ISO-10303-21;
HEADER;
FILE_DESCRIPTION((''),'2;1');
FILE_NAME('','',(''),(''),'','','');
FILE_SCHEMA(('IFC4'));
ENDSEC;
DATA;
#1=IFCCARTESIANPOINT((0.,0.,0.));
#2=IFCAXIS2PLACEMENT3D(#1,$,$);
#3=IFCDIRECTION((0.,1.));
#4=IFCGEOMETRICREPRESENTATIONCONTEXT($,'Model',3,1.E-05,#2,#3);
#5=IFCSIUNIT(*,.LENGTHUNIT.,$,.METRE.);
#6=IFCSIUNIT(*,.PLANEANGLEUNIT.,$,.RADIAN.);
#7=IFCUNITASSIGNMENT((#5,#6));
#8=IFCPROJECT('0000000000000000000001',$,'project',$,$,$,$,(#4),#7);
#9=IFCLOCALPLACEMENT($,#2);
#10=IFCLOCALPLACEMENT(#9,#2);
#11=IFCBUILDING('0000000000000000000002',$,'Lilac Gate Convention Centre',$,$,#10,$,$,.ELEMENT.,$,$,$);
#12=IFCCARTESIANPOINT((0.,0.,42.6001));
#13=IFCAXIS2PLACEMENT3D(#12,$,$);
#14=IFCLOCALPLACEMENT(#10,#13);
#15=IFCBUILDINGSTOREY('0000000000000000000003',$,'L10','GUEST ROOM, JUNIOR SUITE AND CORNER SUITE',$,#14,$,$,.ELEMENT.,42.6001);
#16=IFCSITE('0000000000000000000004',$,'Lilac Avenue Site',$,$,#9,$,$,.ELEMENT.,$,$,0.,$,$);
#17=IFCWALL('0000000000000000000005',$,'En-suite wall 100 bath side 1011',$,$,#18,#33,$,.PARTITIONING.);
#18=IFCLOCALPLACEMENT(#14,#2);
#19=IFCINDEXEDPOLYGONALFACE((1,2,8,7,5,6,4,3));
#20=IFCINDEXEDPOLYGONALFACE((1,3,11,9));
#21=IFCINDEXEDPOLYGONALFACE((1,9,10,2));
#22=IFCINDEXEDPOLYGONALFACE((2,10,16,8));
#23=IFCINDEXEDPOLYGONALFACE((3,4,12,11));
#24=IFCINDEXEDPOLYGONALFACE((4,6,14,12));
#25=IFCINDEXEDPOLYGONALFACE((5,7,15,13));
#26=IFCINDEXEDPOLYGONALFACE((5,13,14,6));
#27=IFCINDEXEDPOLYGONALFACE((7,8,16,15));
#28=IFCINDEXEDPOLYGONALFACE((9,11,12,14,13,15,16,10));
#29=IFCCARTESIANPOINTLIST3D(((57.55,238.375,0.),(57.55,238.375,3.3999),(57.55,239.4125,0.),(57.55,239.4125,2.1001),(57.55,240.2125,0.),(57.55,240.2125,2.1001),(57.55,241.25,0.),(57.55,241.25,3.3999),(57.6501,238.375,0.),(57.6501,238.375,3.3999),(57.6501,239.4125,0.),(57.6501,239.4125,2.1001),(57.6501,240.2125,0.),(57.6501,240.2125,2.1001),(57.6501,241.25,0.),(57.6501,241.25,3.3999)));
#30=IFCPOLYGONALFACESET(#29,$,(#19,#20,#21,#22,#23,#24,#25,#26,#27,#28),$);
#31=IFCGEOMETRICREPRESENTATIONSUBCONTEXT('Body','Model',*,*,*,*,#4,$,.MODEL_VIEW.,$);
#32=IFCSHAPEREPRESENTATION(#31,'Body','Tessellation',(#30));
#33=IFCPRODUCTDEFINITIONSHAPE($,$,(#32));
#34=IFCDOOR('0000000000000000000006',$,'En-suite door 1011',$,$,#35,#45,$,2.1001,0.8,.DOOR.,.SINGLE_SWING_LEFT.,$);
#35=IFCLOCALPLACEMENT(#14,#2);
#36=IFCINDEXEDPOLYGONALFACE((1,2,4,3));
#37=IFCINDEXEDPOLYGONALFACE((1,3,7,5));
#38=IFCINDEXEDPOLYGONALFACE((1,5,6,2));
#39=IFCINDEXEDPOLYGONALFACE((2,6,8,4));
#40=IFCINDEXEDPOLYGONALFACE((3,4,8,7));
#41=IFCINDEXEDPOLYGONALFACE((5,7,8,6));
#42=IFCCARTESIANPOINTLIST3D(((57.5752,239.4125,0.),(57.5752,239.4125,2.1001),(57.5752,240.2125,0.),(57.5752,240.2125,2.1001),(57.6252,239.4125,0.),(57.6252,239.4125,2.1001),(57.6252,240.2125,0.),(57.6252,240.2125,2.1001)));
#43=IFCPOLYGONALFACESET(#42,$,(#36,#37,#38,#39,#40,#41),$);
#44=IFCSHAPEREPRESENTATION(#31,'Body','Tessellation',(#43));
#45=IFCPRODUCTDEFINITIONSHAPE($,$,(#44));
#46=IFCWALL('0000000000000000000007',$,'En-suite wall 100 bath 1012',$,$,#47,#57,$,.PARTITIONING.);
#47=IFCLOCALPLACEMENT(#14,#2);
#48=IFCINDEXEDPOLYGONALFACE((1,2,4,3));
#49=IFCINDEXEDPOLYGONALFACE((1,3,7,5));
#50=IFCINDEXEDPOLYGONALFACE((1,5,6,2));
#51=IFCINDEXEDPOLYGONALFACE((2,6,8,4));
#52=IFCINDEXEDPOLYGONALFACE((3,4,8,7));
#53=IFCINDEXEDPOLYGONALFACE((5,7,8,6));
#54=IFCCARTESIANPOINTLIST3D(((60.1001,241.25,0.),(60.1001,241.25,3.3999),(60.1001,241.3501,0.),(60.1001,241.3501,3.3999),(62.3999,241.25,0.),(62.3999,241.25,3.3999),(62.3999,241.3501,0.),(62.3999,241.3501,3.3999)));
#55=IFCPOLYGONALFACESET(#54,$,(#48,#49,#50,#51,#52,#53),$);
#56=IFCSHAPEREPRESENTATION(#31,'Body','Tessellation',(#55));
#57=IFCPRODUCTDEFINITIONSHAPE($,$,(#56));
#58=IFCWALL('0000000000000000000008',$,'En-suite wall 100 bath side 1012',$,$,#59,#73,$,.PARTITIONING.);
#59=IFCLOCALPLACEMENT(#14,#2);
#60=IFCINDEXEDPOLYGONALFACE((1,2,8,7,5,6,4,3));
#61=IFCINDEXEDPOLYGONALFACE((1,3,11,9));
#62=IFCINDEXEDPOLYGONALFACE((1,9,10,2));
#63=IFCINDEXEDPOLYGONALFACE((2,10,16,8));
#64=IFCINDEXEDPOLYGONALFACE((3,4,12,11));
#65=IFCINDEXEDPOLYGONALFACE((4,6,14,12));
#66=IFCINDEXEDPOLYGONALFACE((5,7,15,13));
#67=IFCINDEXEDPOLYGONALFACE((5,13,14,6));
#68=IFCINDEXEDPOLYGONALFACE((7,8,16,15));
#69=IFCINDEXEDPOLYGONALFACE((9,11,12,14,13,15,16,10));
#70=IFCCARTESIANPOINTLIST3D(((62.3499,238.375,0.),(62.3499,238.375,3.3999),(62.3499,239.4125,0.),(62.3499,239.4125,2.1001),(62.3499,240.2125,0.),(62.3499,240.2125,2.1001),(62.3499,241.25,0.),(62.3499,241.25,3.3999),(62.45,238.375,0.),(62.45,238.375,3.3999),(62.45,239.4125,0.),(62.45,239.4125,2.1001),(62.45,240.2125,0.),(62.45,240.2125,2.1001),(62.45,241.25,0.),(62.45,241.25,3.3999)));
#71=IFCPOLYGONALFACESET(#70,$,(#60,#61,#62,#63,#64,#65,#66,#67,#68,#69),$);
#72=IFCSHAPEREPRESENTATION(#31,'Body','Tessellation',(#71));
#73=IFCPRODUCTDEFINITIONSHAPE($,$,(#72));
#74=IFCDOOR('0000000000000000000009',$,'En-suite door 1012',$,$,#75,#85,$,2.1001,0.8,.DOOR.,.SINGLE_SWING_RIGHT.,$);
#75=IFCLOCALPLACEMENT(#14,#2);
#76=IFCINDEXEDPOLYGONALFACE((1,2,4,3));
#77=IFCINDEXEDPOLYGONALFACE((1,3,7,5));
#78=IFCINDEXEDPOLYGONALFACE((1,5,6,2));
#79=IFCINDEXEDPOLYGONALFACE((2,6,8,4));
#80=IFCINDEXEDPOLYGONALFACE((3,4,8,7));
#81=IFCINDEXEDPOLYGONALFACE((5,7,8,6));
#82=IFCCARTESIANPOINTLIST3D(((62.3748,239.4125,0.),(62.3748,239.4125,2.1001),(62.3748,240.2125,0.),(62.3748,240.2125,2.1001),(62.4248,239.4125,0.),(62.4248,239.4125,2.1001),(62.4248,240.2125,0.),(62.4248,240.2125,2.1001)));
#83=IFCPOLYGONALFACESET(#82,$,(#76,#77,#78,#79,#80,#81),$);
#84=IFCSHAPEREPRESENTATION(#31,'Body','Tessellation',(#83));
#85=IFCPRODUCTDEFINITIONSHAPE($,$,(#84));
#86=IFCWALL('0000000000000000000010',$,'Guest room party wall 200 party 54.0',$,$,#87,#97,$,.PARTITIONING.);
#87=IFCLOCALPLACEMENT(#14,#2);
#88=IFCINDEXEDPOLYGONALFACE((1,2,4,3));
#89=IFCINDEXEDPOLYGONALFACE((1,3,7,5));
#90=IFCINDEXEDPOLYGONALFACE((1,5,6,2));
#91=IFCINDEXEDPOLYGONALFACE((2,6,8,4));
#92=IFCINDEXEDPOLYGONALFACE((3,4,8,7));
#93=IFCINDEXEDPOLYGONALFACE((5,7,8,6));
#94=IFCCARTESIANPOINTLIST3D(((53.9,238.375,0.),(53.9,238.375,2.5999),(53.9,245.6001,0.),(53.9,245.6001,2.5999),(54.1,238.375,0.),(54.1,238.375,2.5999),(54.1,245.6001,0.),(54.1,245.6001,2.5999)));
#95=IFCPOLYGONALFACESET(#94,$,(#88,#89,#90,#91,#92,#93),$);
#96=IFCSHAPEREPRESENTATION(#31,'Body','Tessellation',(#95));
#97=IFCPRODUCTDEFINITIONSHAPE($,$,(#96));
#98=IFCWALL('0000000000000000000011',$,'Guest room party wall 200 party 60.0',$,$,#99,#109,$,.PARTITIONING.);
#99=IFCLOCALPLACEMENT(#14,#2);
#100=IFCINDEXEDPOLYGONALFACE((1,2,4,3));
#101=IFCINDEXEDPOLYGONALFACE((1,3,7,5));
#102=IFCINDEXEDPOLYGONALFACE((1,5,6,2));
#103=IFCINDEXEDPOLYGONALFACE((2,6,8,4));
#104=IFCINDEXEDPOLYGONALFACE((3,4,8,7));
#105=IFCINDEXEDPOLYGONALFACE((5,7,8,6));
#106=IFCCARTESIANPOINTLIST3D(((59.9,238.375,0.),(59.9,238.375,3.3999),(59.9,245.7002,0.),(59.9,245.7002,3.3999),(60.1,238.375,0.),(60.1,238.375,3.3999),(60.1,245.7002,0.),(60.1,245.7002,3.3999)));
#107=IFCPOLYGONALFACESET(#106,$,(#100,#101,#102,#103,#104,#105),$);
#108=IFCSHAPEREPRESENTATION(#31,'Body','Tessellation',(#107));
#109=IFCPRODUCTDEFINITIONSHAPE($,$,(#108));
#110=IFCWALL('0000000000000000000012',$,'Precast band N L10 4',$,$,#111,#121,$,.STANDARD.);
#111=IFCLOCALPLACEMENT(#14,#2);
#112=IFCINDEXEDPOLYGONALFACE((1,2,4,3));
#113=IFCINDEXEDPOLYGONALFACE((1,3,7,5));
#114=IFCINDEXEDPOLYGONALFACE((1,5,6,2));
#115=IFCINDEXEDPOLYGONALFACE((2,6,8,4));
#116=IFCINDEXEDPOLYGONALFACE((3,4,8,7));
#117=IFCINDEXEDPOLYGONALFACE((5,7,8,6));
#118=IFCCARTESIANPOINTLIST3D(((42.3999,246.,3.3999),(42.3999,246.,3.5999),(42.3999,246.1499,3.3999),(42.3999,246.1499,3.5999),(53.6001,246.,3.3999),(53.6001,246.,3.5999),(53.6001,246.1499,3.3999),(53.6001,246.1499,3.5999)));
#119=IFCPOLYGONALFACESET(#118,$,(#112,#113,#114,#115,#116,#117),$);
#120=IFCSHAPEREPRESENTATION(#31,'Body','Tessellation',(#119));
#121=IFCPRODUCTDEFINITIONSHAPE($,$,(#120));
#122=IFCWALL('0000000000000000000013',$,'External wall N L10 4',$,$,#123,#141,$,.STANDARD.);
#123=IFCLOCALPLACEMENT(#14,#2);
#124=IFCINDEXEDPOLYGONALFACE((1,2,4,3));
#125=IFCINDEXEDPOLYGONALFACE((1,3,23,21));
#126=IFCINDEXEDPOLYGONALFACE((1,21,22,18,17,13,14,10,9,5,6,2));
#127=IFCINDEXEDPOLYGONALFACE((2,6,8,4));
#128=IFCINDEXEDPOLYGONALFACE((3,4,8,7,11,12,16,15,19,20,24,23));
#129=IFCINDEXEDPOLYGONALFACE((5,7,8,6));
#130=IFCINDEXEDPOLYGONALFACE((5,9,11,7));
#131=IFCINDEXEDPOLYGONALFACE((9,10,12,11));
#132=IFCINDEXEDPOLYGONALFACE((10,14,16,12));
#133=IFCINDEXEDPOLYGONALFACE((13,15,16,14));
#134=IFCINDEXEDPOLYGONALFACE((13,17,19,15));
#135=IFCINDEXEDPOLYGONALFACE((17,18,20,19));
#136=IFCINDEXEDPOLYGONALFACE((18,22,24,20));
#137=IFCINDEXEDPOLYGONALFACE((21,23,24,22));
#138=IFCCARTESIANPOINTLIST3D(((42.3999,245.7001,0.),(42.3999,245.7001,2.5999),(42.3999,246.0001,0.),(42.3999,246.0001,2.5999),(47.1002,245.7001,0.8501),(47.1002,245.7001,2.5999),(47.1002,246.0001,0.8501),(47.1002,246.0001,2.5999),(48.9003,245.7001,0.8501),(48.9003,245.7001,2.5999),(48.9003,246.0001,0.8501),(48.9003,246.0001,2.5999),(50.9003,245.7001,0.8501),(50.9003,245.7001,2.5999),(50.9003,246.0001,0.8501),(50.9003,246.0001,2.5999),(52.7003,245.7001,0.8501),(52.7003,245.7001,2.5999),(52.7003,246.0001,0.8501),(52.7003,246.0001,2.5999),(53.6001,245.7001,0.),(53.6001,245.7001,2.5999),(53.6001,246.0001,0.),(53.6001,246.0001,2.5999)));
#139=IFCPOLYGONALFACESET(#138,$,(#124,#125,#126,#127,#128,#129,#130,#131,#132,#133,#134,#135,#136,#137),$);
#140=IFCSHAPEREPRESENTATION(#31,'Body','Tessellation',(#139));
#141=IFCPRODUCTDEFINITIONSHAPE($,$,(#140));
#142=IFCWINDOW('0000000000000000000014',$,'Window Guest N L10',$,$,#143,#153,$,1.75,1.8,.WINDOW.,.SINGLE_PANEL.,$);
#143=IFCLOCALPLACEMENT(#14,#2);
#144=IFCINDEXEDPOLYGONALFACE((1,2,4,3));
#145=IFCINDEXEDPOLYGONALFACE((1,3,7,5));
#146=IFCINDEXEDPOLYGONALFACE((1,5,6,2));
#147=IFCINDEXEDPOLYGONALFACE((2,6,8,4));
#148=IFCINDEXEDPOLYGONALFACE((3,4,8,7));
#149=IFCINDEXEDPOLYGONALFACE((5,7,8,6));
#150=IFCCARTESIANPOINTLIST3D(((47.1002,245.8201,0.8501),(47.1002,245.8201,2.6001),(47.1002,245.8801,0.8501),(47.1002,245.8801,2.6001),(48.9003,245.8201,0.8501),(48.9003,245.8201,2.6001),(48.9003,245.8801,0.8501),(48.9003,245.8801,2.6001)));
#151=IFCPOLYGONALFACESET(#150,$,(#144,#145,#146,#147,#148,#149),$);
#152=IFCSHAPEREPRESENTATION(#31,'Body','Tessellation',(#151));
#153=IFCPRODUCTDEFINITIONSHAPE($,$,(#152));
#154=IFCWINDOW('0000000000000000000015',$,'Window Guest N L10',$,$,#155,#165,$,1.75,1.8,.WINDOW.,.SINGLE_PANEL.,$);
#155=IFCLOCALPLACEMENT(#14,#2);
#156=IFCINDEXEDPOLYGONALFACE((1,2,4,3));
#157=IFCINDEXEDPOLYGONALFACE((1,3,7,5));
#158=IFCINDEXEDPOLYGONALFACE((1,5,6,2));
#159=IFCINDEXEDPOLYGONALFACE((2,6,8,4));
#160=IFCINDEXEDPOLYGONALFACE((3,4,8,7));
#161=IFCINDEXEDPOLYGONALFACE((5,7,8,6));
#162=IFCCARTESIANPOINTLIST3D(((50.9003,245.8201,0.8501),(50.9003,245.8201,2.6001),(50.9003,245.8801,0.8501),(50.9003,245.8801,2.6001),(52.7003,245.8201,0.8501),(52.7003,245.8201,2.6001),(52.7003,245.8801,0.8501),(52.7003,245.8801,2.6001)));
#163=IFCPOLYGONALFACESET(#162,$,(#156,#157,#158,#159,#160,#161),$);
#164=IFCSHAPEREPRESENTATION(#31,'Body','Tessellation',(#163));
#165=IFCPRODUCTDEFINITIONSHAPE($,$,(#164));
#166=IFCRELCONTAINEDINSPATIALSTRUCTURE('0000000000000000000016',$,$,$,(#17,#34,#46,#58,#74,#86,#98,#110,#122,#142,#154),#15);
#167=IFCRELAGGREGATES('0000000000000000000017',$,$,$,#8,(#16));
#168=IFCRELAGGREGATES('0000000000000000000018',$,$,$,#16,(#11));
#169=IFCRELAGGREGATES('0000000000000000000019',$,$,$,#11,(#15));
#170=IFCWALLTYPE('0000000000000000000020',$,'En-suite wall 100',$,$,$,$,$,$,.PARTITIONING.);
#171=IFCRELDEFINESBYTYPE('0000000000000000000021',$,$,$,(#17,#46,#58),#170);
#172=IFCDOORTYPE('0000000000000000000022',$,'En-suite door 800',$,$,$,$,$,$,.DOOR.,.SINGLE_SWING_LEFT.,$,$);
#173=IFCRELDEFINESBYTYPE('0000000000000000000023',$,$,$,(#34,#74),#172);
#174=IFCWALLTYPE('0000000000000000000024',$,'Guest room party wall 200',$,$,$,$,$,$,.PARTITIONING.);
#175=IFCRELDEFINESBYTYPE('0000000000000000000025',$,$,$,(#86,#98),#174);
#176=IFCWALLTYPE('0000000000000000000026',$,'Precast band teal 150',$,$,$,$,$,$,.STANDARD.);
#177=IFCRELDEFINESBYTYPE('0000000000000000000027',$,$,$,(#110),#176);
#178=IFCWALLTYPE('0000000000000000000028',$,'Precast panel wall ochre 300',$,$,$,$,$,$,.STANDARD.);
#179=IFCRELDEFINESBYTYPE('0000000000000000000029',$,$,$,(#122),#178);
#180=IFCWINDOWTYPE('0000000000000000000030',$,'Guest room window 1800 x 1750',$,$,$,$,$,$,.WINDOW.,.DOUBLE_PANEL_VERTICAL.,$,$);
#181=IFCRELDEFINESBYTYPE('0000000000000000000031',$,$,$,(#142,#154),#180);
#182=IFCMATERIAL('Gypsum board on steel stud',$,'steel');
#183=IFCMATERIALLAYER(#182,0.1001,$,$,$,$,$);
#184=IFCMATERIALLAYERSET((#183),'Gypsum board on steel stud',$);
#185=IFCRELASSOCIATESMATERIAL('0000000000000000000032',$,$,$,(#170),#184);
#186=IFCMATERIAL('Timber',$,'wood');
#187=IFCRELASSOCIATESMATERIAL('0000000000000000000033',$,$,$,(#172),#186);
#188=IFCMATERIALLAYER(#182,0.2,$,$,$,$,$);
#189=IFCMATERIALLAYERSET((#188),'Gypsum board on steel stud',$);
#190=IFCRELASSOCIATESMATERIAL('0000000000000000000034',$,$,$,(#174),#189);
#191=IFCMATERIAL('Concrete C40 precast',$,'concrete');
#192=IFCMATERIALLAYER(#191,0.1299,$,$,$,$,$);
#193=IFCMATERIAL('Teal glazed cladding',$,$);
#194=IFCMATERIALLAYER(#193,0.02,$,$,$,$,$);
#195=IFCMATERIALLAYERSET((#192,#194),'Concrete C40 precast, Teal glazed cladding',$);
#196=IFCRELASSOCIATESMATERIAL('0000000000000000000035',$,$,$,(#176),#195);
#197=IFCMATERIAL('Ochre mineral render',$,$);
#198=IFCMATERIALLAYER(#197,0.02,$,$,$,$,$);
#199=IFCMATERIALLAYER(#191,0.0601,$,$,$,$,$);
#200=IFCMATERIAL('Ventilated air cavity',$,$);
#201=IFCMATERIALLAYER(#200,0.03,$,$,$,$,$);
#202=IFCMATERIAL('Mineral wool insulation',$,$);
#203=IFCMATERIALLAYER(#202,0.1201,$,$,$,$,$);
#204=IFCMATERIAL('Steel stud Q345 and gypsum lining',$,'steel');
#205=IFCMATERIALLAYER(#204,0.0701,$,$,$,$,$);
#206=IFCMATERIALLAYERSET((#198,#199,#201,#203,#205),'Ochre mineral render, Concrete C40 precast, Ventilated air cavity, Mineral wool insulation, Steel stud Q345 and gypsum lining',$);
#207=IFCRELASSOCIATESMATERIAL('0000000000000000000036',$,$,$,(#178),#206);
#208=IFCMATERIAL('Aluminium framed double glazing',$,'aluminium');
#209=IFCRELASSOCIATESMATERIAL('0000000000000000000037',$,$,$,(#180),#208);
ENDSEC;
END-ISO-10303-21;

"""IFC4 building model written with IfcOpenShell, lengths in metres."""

from ifc_helpers import new_model, si_unit, direction, frame, frame_2d, origin, place, context, subcontext, project, spatial, rectangle, extrude, material, layer, layer_set, type_object, element, fill, save


model = new_model("IFC4")

# Units and contexts
model_context = context("Model", 3, precision=1e-05, world=origin(), true_north=direction((0.0, 1.0)))
body_context = subcontext(model_context, "Body", "Model", "MODEL_VIEW")
ifc_project = project(units=[si_unit("LENGTHUNIT", "METRE"), si_unit("PLANEANGLEUNIT", "RADIAN")], contexts=[model_context])

# Site, building, storey
site_placement = place(None, origin())
site = spatial("IfcSite", under=ifc_project, at=site_placement, Name="Lilac Avenue Site", CompositionType="ELEMENT", RefElevation=0.0)
building_placement = place(site_placement, origin())
building = spatial("IfcBuilding", under=site, at=building_placement, Name="Lilac Gate Convention Centre", CompositionType="ELEMENT")
storey_placement = place(building_placement, frame((0.0, 0.0, 42.6001)))
storey = spatial("IfcBuildingStorey", under=building, at=storey_placement, Name="L10", Description="GUEST ROOM, JUNIOR SUITE AND CORNER SUITE", CompositionType="ELEMENT", Elevation=42.6001)

# Shared definitions
ifc_material_1 = material(Name="Gypsum board on steel stud", Category="steel")
ifc_material_2 = material(Name="Timber", Category="wood")

# Shared definitions
ifc_layer_1 = layer(ifc_material_1, 0.1001)
ifc_layer_set_1 = layer_set([ifc_layer_1], Name="Gypsum board on steel stud")
wall_type_1 = type_object("IfcWallType", Name="En-suite wall 100", PredefinedType="PARTITIONING", material=ifc_layer_set_1)

# Wall, opening, door
wall_1_placement = place(storey_placement, frame((57.6001, 238.375, 0.0), z_axis=(0.0, 0.0, 1.0), x_axis=(0.0, 1.0, 0.0)))
wall_1 = element("IfcWall", 1, at=wall_1_placement, inside=storey, type_object=wall_type_1, Name="En-suite wall 100 bath side 1011", PredefinedType="PARTITIONING", context=body_context, shape_type="SweptSolid", body=[
    extrude(rectangle(XDim=2.875, YDim=0.1001, at=frame_2d((1.4375, 0.0))), origin(), (0.0, 0.0, 1.0), 3.3999),
])
opening_1_placement = place(wall_1_placement, frame((1.0376, 0.0, 0.0)))
opening_1 = element("IfcOpeningElement", 2, at=opening_1_placement, cuts=wall_1, PredefinedType="OPENING", context=body_context, shape_type="SweptSolid", body=[
    extrude(rectangle(XDim=0.8, YDim=2.1001, at=frame_2d((0.3999, 1.05))), frame((0.0, 0.0601, 0.0), z_axis=(0.0, -1.0, 0.0), x_axis=(1.0, 0.0, 0.0)), (0.0, 0.0, 1.0), 0.1201),
])
door_type_1 = type_object("IfcDoorType", Name="En-suite door 800", OperationType="SINGLE_SWING_LEFT", PredefinedType="DOOR", material=ifc_material_2)
door_1_placement = place(opening_1_placement, origin())
door_1 = element("IfcDoor", 3, at=door_1_placement, inside=storey, type_object=door_type_1, Name="En-suite door 1011", OperationType="SINGLE_SWING_LEFT", OverallHeight=2.1001, OverallWidth=0.8, PredefinedType="DOOR", context=body_context, shape_type="SweptSolid", body=[
    extrude(rectangle(XDim=0.8, YDim=2.1001, at=frame_2d((0.3999, 1.05))), frame((0.0, 0.0249, 0.0), z_axis=(0.0, -1.0, 0.0), x_axis=(1.0, 0.0, 0.0)), (0.0, 0.0, 1.0), 0.05),
])
fill(opening_1, door_1)

# Wall
wall_2_placement = place(storey_placement, frame((60.1001, 241.3, 0.0), z_axis=(0.0, 0.0, 1.0), x_axis=(1.0, 0.0, 0.0)))
element("IfcWall", 4, at=wall_2_placement, inside=storey, type_object=wall_type_1, Name="En-suite wall 100 bath 1012", PredefinedType="PARTITIONING", context=body_context, shape_type="SweptSolid", body=[
    extrude(rectangle(XDim=2.2998, YDim=0.1001, at=frame_2d((1.1499, 0.0))), origin(), (0.0, 0.0, 1.0), 3.3999),
])

# Wall, opening, door
wall_3_placement = place(storey_placement, frame((62.3999, 241.25, 0.0), z_axis=(0.0, 0.0, 1.0), x_axis=(0.0, -1.0, 0.0)))
wall_3 = element("IfcWall", 5, at=wall_3_placement, inside=storey, type_object=wall_type_1, Name="En-suite wall 100 bath side 1012", PredefinedType="PARTITIONING", context=body_context, shape_type="SweptSolid", body=[
    extrude(rectangle(XDim=2.875, YDim=0.1001, at=frame_2d((1.4375, 0.0))), origin(), (0.0, 0.0, 1.0), 3.3999),
])
opening_2_placement = place(wall_3_placement, frame((1.0376, 0.0, 0.0)))
opening_2 = element("IfcOpeningElement", 6, at=opening_2_placement, cuts=wall_3, PredefinedType="OPENING", context=body_context, shape_type="SweptSolid", body=[
    extrude(rectangle(XDim=0.8, YDim=2.1001, at=frame_2d((0.3999, 1.05))), frame((0.0, 0.0601, 0.0), z_axis=(0.0, -1.0, 0.0), x_axis=(1.0, 0.0, 0.0)), (0.0, 0.0, 1.0), 0.1201),
])
door_2_placement = place(opening_2_placement, origin())
door_2 = element("IfcDoor", 7, at=door_2_placement, inside=storey, type_object=door_type_1, Name="En-suite door 1012", OperationType="SINGLE_SWING_RIGHT", OverallHeight=2.1001, OverallWidth=0.8, PredefinedType="DOOR", context=body_context, shape_type="SweptSolid", body=[
    extrude(rectangle(XDim=0.8, YDim=2.1001, at=frame_2d((0.3999, 1.05))), frame((0.0, 0.0249, 0.0), z_axis=(0.0, -1.0, 0.0), x_axis=(1.0, 0.0, 0.0)), (0.0, 0.0, 1.0), 0.05),
])
fill(opening_2, door_2)

# Walls
ifc_layer_2 = layer(ifc_material_1, 0.2)
ifc_layer_set_2 = layer_set([ifc_layer_2], Name="Gypsum board on steel stud")
wall_type_2 = type_object("IfcWallType", Name="Guest room party wall 200", PredefinedType="PARTITIONING", material=ifc_layer_set_2)
wall_4_placement = place(storey_placement, frame((54.0, 245.6001, 0.0), z_axis=(0.0, 0.0, 1.0), x_axis=(0.0, -1.0, 0.0)))
element("IfcWall", 8, at=wall_4_placement, inside=storey, type_object=wall_type_2, Name="Guest room party wall 200 party 54.0", PredefinedType="PARTITIONING", context=body_context, shape_type="SweptSolid", body=[
    extrude(rectangle(XDim=7.2251, YDim=0.2, at=frame_2d((3.6125, 0.0))), origin(), (0.0, 0.0, 1.0), 2.5999),
])
wall_5_placement = place(storey_placement, frame((60.0, 245.7002, 0.0), z_axis=(0.0, 0.0, 1.0), x_axis=(0.0, -1.0, 0.0)))
element("IfcWall", 9, at=wall_5_placement, inside=storey, type_object=wall_type_2, Name="Guest room party wall 200 party 60.0", PredefinedType="PARTITIONING", context=body_context, shape_type="SweptSolid", body=[
    extrude(rectangle(XDim=7.3252, YDim=0.2, at=frame_2d((3.6626, 0.0))), origin(), (0.0, 0.0, 1.0), 3.3999),
])
ifc_material_3 = material(Name="Concrete C40 precast", Category="concrete")
ifc_layer_3 = layer(ifc_material_3, 0.1299)
ifc_material_4 = material(Name="Teal glazed cladding")
ifc_layer_4 = layer(ifc_material_4, 0.02)
ifc_layer_set_3 = layer_set([ifc_layer_3, ifc_layer_4], Name="Concrete C40 precast, Teal glazed cladding")
wall_type_3 = type_object("IfcWallType", Name="Precast band teal 150", PredefinedType="STANDARD", material=ifc_layer_set_3)
wall_6_placement = place(storey_placement, frame((53.6001, 246.075, 3.3999), z_axis=(0.0, 0.0, 1.0), x_axis=(-1.0, 0.0, 0.0)))
element("IfcWall", 10, at=wall_6_placement, inside=storey, type_object=wall_type_3, Name="Precast band N L10 4", PredefinedType="STANDARD", context=body_context, shape_type="SweptSolid", body=[
    extrude(rectangle(XDim=11.2002, YDim=0.1499, at=frame_2d((5.6001, 0.0))), origin(), (0.0, 0.0, 1.0), 0.2),
])

# Wall, openings, windows
ifc_material_5 = material(Name="Ochre mineral render")
ifc_layer_5 = layer(ifc_material_5, 0.02)
ifc_layer_6 = layer(ifc_material_3, 0.0601)
ifc_material_6 = material(Name="Ventilated air cavity")
ifc_layer_7 = layer(ifc_material_6, 0.03)
ifc_material_7 = material(Name="Mineral wool insulation")
ifc_layer_8 = layer(ifc_material_7, 0.1201)
ifc_material_8 = material(Name="Steel stud Q345 and gypsum lining", Category="steel")
ifc_layer_9 = layer(ifc_material_8, 0.0701)
ifc_layer_set_4 = layer_set([ifc_layer_5, ifc_layer_6, ifc_layer_7, ifc_layer_8, ifc_layer_9], Name="Ochre mineral render, Concrete C40 precast, Ventilated air cavity, Mineral wool insulation, Steel stud Q345 and gypsum lining")
wall_type_4 = type_object("IfcWallType", Name="Precast panel wall ochre 300", PredefinedType="STANDARD", material=ifc_layer_set_4)
wall_7_placement = place(storey_placement, frame((53.6001, 245.8501, 0.0), z_axis=(0.0, 0.0, 1.0), x_axis=(-1.0, 0.0, 0.0)))
wall_7 = element("IfcWall", 11, at=wall_7_placement, inside=storey, type_object=wall_type_4, Name="External wall N L10 4", PredefinedType="STANDARD", context=body_context, shape_type="SweptSolid", body=[
    extrude(rectangle(XDim=11.2002, YDim=0.3, at=frame_2d((5.6001, 0.0))), origin(), (0.0, 0.0, 1.0), 2.5999),
])
opening_3_placement = place(wall_7_placement, frame((4.7, 0.0, 0.8501)))
opening_3 = element("IfcOpeningElement", 12, at=opening_3_placement, cuts=wall_7, PredefinedType="OPENING", context=body_context, shape_type="SweptSolid", body=[
    extrude(rectangle(XDim=1.8, YDim=1.75, at=frame_2d((0.8999, 0.875))), frame((0.0, 0.1599, 0.0), z_axis=(0.0, -1.0, 0.0), x_axis=(1.0, 0.0, 0.0)), (0.0, 0.0, 1.0), 0.3201),
])
opening_4_placement = place(wall_7_placement, frame((0.8999, 0.0, 0.8501)))
opening_4 = element("IfcOpeningElement", 13, at=opening_4_placement, cuts=wall_7, PredefinedType="OPENING", context=body_context, shape_type="SweptSolid", body=[
    extrude(rectangle(XDim=1.8, YDim=1.75, at=frame_2d((0.8999, 0.875))), frame((0.0, 0.1599, 0.0), z_axis=(0.0, -1.0, 0.0), x_axis=(1.0, 0.0, 0.0)), (0.0, 0.0, 1.0), 0.3201),
])
ifc_material_9 = material(Name="Aluminium framed double glazing", Category="aluminium")
window_type = type_object("IfcWindowType", Name="Guest room window 1800 x 1750", PartitioningType="DOUBLE_PANEL_VERTICAL", PredefinedType="WINDOW", material=ifc_material_9)
window_1_placement = place(opening_3_placement, origin())
window_1 = element("IfcWindow", 14, at=window_1_placement, inside=storey, type_object=window_type, Name="Window Guest N L10", OverallHeight=1.75, OverallWidth=1.8, PartitioningType="SINGLE_PANEL", PredefinedType="WINDOW", context=body_context, shape_type="SweptSolid", body=[
    extrude(rectangle(XDim=1.8, YDim=1.75, at=frame_2d((0.8999, 0.875))), frame((0.0, 0.03, 0.0), z_axis=(0.0, -1.0, 0.0), x_axis=(1.0, 0.0, 0.0)), (0.0, 0.0, 1.0), 0.0601),
])
fill(opening_3, window_1)
window_2_placement = place(opening_4_placement, origin())
window_2 = element("IfcWindow", 15, at=window_2_placement, inside=storey, type_object=window_type, Name="Window Guest N L10", OverallHeight=1.75, OverallWidth=1.8, PartitioningType="SINGLE_PANEL", PredefinedType="WINDOW", context=body_context, shape_type="SweptSolid", body=[
    extrude(rectangle(XDim=1.8, YDim=1.75, at=frame_2d((0.8999, 0.875))), frame((0.0, 0.03, 0.0), z_axis=(0.0, -1.0, 0.0), x_axis=(1.0, 0.0, 0.0)), (0.0, 0.0, 1.0), 0.0601),
])
fill(opening_4, window_2)

save(model, "model.ifc")
